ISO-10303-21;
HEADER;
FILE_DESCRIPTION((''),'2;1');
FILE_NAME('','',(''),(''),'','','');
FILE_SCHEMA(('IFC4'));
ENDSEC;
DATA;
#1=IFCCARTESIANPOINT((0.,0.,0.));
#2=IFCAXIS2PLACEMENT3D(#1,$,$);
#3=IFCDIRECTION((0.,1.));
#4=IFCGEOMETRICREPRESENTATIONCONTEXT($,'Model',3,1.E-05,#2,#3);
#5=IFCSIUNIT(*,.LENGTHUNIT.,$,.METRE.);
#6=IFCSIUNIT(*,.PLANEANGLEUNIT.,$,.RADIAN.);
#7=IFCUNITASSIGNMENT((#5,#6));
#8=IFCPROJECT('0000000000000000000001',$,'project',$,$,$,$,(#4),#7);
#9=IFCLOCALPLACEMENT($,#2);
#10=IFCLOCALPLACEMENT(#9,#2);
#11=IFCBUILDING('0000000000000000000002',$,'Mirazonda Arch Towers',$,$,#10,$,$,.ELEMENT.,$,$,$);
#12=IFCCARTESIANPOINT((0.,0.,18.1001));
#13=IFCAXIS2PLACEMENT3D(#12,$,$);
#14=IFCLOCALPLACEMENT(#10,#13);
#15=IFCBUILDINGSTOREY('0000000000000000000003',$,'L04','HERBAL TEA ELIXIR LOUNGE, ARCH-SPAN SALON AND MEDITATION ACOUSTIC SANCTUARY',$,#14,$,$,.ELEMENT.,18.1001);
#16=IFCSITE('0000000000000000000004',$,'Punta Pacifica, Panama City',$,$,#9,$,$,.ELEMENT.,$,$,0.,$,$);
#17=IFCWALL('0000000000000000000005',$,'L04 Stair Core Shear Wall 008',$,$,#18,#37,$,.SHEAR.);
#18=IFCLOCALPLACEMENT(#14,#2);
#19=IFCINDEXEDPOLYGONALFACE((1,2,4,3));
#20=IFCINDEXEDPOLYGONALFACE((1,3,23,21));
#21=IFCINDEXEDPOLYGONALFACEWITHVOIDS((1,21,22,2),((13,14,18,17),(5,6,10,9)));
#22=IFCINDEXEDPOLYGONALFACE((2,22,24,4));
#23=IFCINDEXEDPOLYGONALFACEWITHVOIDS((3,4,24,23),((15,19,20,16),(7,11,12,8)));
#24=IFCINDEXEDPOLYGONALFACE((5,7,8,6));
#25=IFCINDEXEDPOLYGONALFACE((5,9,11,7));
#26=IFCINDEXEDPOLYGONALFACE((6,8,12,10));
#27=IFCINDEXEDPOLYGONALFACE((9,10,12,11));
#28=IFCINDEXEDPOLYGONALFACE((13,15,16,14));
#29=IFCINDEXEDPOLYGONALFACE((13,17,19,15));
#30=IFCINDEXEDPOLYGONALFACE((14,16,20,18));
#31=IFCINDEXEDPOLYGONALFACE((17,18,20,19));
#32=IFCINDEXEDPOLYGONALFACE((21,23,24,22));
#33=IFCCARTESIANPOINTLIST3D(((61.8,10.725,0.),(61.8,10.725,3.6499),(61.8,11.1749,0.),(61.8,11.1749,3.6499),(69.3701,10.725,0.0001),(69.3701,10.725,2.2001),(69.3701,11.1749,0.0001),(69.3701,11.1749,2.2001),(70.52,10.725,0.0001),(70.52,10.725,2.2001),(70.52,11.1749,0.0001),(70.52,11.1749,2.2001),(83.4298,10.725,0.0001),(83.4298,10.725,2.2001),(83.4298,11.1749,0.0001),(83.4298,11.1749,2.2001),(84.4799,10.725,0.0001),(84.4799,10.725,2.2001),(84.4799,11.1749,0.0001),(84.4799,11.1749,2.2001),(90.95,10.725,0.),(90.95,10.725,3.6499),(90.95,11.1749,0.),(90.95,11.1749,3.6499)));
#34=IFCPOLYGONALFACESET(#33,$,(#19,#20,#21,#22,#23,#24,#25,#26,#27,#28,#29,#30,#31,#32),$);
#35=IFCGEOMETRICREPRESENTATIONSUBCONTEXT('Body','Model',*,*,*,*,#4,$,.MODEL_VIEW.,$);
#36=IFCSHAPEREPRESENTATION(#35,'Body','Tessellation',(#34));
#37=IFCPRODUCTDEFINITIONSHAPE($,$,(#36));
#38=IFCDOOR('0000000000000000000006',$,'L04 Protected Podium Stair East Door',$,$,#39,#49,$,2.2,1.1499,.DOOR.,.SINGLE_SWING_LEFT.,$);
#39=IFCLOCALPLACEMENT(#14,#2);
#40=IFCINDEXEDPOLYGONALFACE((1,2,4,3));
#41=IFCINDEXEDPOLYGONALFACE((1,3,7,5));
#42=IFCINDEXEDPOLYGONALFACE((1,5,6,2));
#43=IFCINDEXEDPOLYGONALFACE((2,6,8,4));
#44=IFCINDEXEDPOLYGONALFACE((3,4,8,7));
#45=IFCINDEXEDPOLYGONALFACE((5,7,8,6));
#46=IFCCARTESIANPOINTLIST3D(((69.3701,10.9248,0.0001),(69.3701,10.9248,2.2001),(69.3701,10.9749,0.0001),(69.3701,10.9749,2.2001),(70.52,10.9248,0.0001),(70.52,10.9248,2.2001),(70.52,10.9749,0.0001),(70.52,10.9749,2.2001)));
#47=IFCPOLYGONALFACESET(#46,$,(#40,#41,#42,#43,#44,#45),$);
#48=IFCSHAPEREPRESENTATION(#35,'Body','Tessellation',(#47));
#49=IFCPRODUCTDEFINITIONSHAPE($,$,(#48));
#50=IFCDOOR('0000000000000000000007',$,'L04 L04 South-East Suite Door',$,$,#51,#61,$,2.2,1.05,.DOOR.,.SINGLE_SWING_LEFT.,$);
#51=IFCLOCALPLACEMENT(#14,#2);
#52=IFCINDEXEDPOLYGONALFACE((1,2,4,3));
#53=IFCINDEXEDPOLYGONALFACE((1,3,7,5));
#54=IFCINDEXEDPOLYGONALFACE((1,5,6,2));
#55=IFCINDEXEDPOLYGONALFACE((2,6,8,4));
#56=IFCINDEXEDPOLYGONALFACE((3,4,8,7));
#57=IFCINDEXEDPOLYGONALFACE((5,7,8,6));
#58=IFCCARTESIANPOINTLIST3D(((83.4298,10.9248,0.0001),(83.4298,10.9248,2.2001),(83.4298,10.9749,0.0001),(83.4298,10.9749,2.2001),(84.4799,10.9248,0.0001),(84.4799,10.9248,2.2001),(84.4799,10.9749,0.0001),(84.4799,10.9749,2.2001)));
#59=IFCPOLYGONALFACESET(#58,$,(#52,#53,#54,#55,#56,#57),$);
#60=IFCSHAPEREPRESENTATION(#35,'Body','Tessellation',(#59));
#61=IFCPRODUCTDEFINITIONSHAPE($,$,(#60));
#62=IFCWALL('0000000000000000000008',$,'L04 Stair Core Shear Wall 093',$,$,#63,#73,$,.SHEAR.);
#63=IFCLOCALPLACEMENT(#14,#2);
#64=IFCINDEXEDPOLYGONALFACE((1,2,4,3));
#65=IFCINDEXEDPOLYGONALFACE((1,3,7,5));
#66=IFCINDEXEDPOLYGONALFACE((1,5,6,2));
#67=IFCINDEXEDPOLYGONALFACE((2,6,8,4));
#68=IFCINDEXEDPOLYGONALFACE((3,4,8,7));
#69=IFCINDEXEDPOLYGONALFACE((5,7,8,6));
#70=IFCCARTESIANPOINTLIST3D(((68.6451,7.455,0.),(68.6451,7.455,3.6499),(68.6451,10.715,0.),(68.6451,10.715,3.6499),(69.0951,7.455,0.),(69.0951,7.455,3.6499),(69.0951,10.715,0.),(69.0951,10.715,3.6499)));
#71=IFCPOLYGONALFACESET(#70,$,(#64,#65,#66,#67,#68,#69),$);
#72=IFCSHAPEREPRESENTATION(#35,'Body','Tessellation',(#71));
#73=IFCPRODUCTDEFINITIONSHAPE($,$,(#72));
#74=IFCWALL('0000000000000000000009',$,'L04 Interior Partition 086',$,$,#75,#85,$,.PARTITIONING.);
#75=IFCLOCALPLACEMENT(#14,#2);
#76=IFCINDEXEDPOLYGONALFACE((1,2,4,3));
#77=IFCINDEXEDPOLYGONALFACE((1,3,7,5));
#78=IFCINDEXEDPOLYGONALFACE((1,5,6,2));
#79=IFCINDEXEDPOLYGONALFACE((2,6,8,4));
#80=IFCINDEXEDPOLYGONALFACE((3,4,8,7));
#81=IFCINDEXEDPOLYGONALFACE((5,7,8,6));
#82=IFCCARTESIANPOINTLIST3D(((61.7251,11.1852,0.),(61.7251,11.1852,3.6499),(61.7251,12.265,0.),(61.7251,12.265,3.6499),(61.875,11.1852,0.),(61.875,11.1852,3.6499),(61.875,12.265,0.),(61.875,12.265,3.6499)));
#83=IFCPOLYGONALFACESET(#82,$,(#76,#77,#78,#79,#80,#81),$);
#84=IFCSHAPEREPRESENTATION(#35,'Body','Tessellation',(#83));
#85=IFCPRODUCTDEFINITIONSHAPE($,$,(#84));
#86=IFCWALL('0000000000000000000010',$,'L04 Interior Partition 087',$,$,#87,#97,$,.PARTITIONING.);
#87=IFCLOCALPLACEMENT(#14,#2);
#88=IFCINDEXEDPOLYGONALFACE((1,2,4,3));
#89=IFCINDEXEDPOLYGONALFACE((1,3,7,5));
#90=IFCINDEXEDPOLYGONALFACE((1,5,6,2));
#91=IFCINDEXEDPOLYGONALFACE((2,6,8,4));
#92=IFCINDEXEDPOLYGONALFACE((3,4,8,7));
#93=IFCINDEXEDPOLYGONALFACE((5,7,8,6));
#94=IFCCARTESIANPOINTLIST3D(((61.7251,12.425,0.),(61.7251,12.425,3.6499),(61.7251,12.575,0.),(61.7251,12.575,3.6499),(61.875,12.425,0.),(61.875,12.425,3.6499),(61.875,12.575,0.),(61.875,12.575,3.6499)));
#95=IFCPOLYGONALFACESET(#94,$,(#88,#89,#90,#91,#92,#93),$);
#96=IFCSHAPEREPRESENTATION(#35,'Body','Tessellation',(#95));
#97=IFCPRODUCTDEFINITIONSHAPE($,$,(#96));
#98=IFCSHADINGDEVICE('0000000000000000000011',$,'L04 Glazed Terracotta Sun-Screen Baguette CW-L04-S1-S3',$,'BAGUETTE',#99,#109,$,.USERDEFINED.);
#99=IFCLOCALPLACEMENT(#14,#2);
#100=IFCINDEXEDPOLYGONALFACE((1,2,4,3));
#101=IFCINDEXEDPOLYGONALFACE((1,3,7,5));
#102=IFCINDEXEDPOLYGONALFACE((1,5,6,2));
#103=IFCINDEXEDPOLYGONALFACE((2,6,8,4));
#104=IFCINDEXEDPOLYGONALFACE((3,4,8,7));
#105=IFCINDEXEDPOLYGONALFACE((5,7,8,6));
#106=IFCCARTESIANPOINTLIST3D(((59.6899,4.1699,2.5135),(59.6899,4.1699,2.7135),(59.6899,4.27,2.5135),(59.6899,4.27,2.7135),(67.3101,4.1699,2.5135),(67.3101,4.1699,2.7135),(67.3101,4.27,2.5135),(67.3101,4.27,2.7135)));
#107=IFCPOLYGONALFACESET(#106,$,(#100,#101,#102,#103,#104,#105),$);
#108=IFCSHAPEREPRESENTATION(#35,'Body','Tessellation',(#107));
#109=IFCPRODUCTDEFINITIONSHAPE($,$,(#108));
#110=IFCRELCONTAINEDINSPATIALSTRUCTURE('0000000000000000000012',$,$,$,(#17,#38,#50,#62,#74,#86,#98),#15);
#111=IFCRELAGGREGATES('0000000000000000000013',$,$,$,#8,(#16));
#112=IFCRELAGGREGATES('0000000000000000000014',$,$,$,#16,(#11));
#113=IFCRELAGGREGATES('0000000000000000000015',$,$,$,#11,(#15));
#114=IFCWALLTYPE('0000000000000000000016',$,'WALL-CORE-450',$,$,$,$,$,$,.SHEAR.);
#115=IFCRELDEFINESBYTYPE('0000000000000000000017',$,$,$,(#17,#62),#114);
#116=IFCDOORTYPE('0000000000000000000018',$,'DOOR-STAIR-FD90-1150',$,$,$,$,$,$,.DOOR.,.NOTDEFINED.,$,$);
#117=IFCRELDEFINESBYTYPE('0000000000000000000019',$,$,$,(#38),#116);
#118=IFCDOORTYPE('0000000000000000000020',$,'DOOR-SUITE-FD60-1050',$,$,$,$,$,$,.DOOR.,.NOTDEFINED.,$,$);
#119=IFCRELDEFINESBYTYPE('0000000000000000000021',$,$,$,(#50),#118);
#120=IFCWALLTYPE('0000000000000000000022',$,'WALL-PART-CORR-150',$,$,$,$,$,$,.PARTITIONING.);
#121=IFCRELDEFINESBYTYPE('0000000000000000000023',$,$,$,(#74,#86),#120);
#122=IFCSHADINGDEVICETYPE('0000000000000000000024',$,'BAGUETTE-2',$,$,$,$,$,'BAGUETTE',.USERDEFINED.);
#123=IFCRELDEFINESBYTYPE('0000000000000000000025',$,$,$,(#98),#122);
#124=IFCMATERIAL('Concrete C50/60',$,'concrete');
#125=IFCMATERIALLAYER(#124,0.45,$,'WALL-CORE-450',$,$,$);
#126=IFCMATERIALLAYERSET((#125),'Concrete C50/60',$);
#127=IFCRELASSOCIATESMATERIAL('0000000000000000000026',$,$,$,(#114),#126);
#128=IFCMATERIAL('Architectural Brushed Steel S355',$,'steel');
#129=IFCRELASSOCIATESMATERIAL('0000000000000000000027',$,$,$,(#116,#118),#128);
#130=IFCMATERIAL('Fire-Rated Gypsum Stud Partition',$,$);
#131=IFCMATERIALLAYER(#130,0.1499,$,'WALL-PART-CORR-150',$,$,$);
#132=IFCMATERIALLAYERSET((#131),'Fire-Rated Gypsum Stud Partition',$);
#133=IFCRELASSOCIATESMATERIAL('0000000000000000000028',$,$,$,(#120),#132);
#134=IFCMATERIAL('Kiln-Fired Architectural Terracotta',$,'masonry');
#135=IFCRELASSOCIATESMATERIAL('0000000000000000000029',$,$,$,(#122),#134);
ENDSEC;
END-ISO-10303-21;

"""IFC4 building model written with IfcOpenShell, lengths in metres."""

from ifc_helpers import new_model, si_unit, direction, frame, frame_2d, origin, origin_2d, place, context, subcontext, project, spatial, rectangle, extrude, material, layer, layer_set, material_profile, profile_set, type_object, element, fill, save


model = new_model("IFC4")

# Units and contexts
model_context = context("Model", 3, precision=1e-05, world=origin(), true_north=direction((0.0, 1.0)))
body_context = subcontext(model_context, "Body", "Model", "MODEL_VIEW")
ifc_project = project(units=[si_unit("LENGTHUNIT", "METRE"), si_unit("PLANEANGLEUNIT", "RADIAN")], contexts=[model_context])

# Site, building, storey
site_placement = place(None, origin())
site = spatial("IfcSite", under=ifc_project, at=site_placement, Name="Punta Pacifica, Panama City", CompositionType="ELEMENT", RefElevation=0.0)
building_placement = place(site_placement, origin())
building = spatial("IfcBuilding", under=site, at=building_placement, Name="Mirazonda Arch Towers", CompositionType="ELEMENT")
storey_placement = place(building_placement, frame((0.0, 0.0, 18.1001)))
storey = spatial("IfcBuildingStorey", under=building, at=storey_placement, Name="L04", Description="HERBAL TEA ELIXIR LOUNGE, ARCH-SPAN SALON AND MEDITATION ACOUSTIC SANCTUARY", CompositionType="ELEMENT", Elevation=18.1001)

# Shared definitions
ifc_material_1 = material(Name="Concrete C50/60", Category="concrete")

# Shared definitions
ifc_layer_1 = layer(ifc_material_1, 0.45, Name="WALL-CORE-450")
ifc_layer_set_1 = layer_set([ifc_layer_1], Name="Concrete C50/60")
wall_type_1 = type_object("IfcWallType", Name="WALL-CORE-450", PredefinedType="SHEAR", material=ifc_layer_set_1)

# Wall, openings, doors
wall_1_placement = place(storey_placement, frame((61.8, 10.95, 0.0), z_axis=(0.0, 0.0, 1.0), x_axis=(1.0, 0.0, 0.0)))
wall_1 = element("IfcWall", 1, at=wall_1_placement, inside=storey, type_object=wall_type_1, Name="L04 Stair Core Shear Wall 008", PredefinedType="SHEAR", context=body_context, shape_type="SweptSolid", body=[
    extrude(rectangle(XDim=29.1499, YDim=0.45, at=frame_2d((14.575, 0.0))), origin(), (0.0, 0.0, 1.0), 3.6499),
])
opening_1_placement = place(wall_1_placement, frame((7.5701, 0.0, 0.0)))
opening_1 = element("IfcOpeningElement", 2, at=opening_1_placement, cuts=wall_1, PredefinedType="OPENING", context=body_context, shape_type="SweptSolid", body=[
    extrude(rectangle(XDim=1.1499, YDim=2.2, at=frame_2d((0.575, 1.1001))), frame((0.0, 0.2349, 0.0), z_axis=(0.0, -1.0, 0.0), x_axis=(1.0, 0.0, 0.0)), (0.0, 0.0, 1.0), 0.47),
])
opening_2_placement = place(wall_1_placement, frame((21.6299, 0.0, 0.0)))
opening_2 = element("IfcOpeningElement", 3, at=opening_2_placement, cuts=wall_1, PredefinedType="OPENING", context=body_context, shape_type="SweptSolid", body=[
    extrude(rectangle(XDim=1.05, YDim=2.2, at=frame_2d((0.5249, 1.1001))), frame((0.0, 0.2349, 0.0), z_axis=(0.0, -1.0, 0.0), x_axis=(1.0, 0.0, 0.0)), (0.0, 0.0, 1.0), 0.47),
])
ifc_material_2 = material(Name="Architectural Brushed Steel S355", Category="steel")
door_type_1 = type_object("IfcDoorType", Name="DOOR-STAIR-FD90-1150", OperationType="NOTDEFINED", PredefinedType="DOOR", material=ifc_material_2)
door_1_placement = place(opening_1_placement, origin())
door_1 = element("IfcDoor", 4, at=door_1_placement, inside=storey, type_object=door_type_1, Name="L04 Protected Podium Stair East Door", OperationType="SINGLE_SWING_LEFT", OverallHeight=2.2, OverallWidth=1.1499, PredefinedType="DOOR", context=body_context, shape_type="SweptSolid", body=[
    extrude(rectangle(XDim=1.1499, YDim=2.2, at=frame_2d((0.575, 1.1001))), frame((0.0, 0.0249, 0.0), z_axis=(0.0, -1.0, 0.0), x_axis=(1.0, 0.0, 0.0)), (0.0, 0.0, 1.0), 0.05),
])
fill(opening_1, door_1)
door_type_2 = type_object("IfcDoorType", Name="DOOR-SUITE-FD60-1050", OperationType="NOTDEFINED", PredefinedType="DOOR", material=ifc_material_2)
door_2_placement = place(opening_2_placement, origin())
door_2 = element("IfcDoor", 5, at=door_2_placement, inside=storey, type_object=door_type_2, Name="L04 L04 South-East Suite Door", OperationType="SINGLE_SWING_LEFT", OverallHeight=2.2, OverallWidth=1.05, PredefinedType="DOOR", context=body_context, shape_type="SweptSolid", body=[
    extrude(rectangle(XDim=1.05, YDim=2.2, at=frame_2d((0.5249, 1.1001))), frame((0.0, 0.0249, 0.0), z_axis=(0.0, -1.0, 0.0), x_axis=(1.0, 0.0, 0.0)), (0.0, 0.0, 1.0), 0.05),
])
fill(opening_2, door_2)

# Walls
wall_2_placement = place(storey_placement, frame((68.8701, 7.4551, 0.0), z_axis=(0.0, 0.0, 1.0), x_axis=(0.0, 1.0, 0.0)))
element("IfcWall", 6, at=wall_2_placement, inside=storey, type_object=wall_type_1, Name="L04 Stair Core Shear Wall 093", PredefinedType="SHEAR", context=body_context, shape_type="SweptSolid", body=[
    extrude(rectangle(XDim=3.26, YDim=0.45, at=frame_2d((1.6299, 0.0))), origin(), (0.0, 0.0, 1.0), 3.6499),
])
ifc_material_3 = material(Name="Fire-Rated Gypsum Stud Partition")
ifc_layer_2 = layer(ifc_material_3, 0.1499, Name="WALL-PART-CORR-150")
ifc_layer_set_2 = layer_set([ifc_layer_2], Name="Fire-Rated Gypsum Stud Partition")
wall_type_2 = type_object("IfcWallType", Name="WALL-PART-CORR-150", PredefinedType="PARTITIONING", material=ifc_layer_set_2)
wall_3_placement = place(storey_placement, frame((61.8, 11.1851, 0.0), z_axis=(0.0, 0.0, 1.0), x_axis=(0.0, 1.0, 0.0)))
element("IfcWall", 7, at=wall_3_placement, inside=storey, type_object=wall_type_2, Name="L04 Interior Partition 086", PredefinedType="PARTITIONING", context=body_context, shape_type="SweptSolid", body=[
    extrude(rectangle(XDim=1.0798, YDim=0.1499, at=frame_2d((0.54, 0.0))), origin(), (0.0, 0.0, 1.0), 3.6499),
])
wall_4_placement = place(storey_placement, frame((61.8, 12.425, 0.0), z_axis=(0.0, 0.0, 1.0), x_axis=(0.0, 1.0, 0.0)))
element("IfcWall", 8, at=wall_4_placement, inside=storey, type_object=wall_type_2, Name="L04 Interior Partition 087", PredefinedType="PARTITIONING", context=body_context, shape_type="SweptSolid", body=[
    extrude(rectangle(XDim=0.1499, YDim=0.1499, at=frame_2d((0.075, 0.0))), origin(), (0.0, 0.0, 1.0), 3.6499),
])

# Shading device
ifc_material_4 = material(Name="Kiln-Fired Architectural Terracotta", Category="masonry")
ifc_material_profile_1 = material_profile(ifc_material_4, rectangle(XDim=0.1001, YDim=0.2, at=origin_2d()), Name="TERRA-BAG-100x200")
ifc_profile_set_1 = profile_set([ifc_material_profile_1], Name="Kiln-Fired Architectural Terracotta")
shading_device_type = type_object("IfcShadingDeviceType", Name="BAGUETTE-2", ElementType="BAGUETTE", PredefinedType="USERDEFINED", material=ifc_profile_set_1)
shading_device_placement = place(storey_placement, frame((67.3101, 4.22, 2.6135), z_axis=(-1.0, 0.0, 0.0), x_axis=(0.0, -1.0, 0.0)))
element("IfcShadingDevice", 9, at=shading_device_placement, inside=storey, type_object=shading_device_type, Name="L04 Glazed Terracotta Sun-Screen Baguette CW-L04-S1-S3", ObjectType="BAGUETTE", PredefinedType="USERDEFINED", context=body_context, shape_type="SweptSolid", body=[
    extrude(rectangle(XDim=0.1001, YDim=0.2, at=origin_2d()), origin(), (0.0, 0.0, 1.0), 7.6201),
])

save(model, "model.ifc")
